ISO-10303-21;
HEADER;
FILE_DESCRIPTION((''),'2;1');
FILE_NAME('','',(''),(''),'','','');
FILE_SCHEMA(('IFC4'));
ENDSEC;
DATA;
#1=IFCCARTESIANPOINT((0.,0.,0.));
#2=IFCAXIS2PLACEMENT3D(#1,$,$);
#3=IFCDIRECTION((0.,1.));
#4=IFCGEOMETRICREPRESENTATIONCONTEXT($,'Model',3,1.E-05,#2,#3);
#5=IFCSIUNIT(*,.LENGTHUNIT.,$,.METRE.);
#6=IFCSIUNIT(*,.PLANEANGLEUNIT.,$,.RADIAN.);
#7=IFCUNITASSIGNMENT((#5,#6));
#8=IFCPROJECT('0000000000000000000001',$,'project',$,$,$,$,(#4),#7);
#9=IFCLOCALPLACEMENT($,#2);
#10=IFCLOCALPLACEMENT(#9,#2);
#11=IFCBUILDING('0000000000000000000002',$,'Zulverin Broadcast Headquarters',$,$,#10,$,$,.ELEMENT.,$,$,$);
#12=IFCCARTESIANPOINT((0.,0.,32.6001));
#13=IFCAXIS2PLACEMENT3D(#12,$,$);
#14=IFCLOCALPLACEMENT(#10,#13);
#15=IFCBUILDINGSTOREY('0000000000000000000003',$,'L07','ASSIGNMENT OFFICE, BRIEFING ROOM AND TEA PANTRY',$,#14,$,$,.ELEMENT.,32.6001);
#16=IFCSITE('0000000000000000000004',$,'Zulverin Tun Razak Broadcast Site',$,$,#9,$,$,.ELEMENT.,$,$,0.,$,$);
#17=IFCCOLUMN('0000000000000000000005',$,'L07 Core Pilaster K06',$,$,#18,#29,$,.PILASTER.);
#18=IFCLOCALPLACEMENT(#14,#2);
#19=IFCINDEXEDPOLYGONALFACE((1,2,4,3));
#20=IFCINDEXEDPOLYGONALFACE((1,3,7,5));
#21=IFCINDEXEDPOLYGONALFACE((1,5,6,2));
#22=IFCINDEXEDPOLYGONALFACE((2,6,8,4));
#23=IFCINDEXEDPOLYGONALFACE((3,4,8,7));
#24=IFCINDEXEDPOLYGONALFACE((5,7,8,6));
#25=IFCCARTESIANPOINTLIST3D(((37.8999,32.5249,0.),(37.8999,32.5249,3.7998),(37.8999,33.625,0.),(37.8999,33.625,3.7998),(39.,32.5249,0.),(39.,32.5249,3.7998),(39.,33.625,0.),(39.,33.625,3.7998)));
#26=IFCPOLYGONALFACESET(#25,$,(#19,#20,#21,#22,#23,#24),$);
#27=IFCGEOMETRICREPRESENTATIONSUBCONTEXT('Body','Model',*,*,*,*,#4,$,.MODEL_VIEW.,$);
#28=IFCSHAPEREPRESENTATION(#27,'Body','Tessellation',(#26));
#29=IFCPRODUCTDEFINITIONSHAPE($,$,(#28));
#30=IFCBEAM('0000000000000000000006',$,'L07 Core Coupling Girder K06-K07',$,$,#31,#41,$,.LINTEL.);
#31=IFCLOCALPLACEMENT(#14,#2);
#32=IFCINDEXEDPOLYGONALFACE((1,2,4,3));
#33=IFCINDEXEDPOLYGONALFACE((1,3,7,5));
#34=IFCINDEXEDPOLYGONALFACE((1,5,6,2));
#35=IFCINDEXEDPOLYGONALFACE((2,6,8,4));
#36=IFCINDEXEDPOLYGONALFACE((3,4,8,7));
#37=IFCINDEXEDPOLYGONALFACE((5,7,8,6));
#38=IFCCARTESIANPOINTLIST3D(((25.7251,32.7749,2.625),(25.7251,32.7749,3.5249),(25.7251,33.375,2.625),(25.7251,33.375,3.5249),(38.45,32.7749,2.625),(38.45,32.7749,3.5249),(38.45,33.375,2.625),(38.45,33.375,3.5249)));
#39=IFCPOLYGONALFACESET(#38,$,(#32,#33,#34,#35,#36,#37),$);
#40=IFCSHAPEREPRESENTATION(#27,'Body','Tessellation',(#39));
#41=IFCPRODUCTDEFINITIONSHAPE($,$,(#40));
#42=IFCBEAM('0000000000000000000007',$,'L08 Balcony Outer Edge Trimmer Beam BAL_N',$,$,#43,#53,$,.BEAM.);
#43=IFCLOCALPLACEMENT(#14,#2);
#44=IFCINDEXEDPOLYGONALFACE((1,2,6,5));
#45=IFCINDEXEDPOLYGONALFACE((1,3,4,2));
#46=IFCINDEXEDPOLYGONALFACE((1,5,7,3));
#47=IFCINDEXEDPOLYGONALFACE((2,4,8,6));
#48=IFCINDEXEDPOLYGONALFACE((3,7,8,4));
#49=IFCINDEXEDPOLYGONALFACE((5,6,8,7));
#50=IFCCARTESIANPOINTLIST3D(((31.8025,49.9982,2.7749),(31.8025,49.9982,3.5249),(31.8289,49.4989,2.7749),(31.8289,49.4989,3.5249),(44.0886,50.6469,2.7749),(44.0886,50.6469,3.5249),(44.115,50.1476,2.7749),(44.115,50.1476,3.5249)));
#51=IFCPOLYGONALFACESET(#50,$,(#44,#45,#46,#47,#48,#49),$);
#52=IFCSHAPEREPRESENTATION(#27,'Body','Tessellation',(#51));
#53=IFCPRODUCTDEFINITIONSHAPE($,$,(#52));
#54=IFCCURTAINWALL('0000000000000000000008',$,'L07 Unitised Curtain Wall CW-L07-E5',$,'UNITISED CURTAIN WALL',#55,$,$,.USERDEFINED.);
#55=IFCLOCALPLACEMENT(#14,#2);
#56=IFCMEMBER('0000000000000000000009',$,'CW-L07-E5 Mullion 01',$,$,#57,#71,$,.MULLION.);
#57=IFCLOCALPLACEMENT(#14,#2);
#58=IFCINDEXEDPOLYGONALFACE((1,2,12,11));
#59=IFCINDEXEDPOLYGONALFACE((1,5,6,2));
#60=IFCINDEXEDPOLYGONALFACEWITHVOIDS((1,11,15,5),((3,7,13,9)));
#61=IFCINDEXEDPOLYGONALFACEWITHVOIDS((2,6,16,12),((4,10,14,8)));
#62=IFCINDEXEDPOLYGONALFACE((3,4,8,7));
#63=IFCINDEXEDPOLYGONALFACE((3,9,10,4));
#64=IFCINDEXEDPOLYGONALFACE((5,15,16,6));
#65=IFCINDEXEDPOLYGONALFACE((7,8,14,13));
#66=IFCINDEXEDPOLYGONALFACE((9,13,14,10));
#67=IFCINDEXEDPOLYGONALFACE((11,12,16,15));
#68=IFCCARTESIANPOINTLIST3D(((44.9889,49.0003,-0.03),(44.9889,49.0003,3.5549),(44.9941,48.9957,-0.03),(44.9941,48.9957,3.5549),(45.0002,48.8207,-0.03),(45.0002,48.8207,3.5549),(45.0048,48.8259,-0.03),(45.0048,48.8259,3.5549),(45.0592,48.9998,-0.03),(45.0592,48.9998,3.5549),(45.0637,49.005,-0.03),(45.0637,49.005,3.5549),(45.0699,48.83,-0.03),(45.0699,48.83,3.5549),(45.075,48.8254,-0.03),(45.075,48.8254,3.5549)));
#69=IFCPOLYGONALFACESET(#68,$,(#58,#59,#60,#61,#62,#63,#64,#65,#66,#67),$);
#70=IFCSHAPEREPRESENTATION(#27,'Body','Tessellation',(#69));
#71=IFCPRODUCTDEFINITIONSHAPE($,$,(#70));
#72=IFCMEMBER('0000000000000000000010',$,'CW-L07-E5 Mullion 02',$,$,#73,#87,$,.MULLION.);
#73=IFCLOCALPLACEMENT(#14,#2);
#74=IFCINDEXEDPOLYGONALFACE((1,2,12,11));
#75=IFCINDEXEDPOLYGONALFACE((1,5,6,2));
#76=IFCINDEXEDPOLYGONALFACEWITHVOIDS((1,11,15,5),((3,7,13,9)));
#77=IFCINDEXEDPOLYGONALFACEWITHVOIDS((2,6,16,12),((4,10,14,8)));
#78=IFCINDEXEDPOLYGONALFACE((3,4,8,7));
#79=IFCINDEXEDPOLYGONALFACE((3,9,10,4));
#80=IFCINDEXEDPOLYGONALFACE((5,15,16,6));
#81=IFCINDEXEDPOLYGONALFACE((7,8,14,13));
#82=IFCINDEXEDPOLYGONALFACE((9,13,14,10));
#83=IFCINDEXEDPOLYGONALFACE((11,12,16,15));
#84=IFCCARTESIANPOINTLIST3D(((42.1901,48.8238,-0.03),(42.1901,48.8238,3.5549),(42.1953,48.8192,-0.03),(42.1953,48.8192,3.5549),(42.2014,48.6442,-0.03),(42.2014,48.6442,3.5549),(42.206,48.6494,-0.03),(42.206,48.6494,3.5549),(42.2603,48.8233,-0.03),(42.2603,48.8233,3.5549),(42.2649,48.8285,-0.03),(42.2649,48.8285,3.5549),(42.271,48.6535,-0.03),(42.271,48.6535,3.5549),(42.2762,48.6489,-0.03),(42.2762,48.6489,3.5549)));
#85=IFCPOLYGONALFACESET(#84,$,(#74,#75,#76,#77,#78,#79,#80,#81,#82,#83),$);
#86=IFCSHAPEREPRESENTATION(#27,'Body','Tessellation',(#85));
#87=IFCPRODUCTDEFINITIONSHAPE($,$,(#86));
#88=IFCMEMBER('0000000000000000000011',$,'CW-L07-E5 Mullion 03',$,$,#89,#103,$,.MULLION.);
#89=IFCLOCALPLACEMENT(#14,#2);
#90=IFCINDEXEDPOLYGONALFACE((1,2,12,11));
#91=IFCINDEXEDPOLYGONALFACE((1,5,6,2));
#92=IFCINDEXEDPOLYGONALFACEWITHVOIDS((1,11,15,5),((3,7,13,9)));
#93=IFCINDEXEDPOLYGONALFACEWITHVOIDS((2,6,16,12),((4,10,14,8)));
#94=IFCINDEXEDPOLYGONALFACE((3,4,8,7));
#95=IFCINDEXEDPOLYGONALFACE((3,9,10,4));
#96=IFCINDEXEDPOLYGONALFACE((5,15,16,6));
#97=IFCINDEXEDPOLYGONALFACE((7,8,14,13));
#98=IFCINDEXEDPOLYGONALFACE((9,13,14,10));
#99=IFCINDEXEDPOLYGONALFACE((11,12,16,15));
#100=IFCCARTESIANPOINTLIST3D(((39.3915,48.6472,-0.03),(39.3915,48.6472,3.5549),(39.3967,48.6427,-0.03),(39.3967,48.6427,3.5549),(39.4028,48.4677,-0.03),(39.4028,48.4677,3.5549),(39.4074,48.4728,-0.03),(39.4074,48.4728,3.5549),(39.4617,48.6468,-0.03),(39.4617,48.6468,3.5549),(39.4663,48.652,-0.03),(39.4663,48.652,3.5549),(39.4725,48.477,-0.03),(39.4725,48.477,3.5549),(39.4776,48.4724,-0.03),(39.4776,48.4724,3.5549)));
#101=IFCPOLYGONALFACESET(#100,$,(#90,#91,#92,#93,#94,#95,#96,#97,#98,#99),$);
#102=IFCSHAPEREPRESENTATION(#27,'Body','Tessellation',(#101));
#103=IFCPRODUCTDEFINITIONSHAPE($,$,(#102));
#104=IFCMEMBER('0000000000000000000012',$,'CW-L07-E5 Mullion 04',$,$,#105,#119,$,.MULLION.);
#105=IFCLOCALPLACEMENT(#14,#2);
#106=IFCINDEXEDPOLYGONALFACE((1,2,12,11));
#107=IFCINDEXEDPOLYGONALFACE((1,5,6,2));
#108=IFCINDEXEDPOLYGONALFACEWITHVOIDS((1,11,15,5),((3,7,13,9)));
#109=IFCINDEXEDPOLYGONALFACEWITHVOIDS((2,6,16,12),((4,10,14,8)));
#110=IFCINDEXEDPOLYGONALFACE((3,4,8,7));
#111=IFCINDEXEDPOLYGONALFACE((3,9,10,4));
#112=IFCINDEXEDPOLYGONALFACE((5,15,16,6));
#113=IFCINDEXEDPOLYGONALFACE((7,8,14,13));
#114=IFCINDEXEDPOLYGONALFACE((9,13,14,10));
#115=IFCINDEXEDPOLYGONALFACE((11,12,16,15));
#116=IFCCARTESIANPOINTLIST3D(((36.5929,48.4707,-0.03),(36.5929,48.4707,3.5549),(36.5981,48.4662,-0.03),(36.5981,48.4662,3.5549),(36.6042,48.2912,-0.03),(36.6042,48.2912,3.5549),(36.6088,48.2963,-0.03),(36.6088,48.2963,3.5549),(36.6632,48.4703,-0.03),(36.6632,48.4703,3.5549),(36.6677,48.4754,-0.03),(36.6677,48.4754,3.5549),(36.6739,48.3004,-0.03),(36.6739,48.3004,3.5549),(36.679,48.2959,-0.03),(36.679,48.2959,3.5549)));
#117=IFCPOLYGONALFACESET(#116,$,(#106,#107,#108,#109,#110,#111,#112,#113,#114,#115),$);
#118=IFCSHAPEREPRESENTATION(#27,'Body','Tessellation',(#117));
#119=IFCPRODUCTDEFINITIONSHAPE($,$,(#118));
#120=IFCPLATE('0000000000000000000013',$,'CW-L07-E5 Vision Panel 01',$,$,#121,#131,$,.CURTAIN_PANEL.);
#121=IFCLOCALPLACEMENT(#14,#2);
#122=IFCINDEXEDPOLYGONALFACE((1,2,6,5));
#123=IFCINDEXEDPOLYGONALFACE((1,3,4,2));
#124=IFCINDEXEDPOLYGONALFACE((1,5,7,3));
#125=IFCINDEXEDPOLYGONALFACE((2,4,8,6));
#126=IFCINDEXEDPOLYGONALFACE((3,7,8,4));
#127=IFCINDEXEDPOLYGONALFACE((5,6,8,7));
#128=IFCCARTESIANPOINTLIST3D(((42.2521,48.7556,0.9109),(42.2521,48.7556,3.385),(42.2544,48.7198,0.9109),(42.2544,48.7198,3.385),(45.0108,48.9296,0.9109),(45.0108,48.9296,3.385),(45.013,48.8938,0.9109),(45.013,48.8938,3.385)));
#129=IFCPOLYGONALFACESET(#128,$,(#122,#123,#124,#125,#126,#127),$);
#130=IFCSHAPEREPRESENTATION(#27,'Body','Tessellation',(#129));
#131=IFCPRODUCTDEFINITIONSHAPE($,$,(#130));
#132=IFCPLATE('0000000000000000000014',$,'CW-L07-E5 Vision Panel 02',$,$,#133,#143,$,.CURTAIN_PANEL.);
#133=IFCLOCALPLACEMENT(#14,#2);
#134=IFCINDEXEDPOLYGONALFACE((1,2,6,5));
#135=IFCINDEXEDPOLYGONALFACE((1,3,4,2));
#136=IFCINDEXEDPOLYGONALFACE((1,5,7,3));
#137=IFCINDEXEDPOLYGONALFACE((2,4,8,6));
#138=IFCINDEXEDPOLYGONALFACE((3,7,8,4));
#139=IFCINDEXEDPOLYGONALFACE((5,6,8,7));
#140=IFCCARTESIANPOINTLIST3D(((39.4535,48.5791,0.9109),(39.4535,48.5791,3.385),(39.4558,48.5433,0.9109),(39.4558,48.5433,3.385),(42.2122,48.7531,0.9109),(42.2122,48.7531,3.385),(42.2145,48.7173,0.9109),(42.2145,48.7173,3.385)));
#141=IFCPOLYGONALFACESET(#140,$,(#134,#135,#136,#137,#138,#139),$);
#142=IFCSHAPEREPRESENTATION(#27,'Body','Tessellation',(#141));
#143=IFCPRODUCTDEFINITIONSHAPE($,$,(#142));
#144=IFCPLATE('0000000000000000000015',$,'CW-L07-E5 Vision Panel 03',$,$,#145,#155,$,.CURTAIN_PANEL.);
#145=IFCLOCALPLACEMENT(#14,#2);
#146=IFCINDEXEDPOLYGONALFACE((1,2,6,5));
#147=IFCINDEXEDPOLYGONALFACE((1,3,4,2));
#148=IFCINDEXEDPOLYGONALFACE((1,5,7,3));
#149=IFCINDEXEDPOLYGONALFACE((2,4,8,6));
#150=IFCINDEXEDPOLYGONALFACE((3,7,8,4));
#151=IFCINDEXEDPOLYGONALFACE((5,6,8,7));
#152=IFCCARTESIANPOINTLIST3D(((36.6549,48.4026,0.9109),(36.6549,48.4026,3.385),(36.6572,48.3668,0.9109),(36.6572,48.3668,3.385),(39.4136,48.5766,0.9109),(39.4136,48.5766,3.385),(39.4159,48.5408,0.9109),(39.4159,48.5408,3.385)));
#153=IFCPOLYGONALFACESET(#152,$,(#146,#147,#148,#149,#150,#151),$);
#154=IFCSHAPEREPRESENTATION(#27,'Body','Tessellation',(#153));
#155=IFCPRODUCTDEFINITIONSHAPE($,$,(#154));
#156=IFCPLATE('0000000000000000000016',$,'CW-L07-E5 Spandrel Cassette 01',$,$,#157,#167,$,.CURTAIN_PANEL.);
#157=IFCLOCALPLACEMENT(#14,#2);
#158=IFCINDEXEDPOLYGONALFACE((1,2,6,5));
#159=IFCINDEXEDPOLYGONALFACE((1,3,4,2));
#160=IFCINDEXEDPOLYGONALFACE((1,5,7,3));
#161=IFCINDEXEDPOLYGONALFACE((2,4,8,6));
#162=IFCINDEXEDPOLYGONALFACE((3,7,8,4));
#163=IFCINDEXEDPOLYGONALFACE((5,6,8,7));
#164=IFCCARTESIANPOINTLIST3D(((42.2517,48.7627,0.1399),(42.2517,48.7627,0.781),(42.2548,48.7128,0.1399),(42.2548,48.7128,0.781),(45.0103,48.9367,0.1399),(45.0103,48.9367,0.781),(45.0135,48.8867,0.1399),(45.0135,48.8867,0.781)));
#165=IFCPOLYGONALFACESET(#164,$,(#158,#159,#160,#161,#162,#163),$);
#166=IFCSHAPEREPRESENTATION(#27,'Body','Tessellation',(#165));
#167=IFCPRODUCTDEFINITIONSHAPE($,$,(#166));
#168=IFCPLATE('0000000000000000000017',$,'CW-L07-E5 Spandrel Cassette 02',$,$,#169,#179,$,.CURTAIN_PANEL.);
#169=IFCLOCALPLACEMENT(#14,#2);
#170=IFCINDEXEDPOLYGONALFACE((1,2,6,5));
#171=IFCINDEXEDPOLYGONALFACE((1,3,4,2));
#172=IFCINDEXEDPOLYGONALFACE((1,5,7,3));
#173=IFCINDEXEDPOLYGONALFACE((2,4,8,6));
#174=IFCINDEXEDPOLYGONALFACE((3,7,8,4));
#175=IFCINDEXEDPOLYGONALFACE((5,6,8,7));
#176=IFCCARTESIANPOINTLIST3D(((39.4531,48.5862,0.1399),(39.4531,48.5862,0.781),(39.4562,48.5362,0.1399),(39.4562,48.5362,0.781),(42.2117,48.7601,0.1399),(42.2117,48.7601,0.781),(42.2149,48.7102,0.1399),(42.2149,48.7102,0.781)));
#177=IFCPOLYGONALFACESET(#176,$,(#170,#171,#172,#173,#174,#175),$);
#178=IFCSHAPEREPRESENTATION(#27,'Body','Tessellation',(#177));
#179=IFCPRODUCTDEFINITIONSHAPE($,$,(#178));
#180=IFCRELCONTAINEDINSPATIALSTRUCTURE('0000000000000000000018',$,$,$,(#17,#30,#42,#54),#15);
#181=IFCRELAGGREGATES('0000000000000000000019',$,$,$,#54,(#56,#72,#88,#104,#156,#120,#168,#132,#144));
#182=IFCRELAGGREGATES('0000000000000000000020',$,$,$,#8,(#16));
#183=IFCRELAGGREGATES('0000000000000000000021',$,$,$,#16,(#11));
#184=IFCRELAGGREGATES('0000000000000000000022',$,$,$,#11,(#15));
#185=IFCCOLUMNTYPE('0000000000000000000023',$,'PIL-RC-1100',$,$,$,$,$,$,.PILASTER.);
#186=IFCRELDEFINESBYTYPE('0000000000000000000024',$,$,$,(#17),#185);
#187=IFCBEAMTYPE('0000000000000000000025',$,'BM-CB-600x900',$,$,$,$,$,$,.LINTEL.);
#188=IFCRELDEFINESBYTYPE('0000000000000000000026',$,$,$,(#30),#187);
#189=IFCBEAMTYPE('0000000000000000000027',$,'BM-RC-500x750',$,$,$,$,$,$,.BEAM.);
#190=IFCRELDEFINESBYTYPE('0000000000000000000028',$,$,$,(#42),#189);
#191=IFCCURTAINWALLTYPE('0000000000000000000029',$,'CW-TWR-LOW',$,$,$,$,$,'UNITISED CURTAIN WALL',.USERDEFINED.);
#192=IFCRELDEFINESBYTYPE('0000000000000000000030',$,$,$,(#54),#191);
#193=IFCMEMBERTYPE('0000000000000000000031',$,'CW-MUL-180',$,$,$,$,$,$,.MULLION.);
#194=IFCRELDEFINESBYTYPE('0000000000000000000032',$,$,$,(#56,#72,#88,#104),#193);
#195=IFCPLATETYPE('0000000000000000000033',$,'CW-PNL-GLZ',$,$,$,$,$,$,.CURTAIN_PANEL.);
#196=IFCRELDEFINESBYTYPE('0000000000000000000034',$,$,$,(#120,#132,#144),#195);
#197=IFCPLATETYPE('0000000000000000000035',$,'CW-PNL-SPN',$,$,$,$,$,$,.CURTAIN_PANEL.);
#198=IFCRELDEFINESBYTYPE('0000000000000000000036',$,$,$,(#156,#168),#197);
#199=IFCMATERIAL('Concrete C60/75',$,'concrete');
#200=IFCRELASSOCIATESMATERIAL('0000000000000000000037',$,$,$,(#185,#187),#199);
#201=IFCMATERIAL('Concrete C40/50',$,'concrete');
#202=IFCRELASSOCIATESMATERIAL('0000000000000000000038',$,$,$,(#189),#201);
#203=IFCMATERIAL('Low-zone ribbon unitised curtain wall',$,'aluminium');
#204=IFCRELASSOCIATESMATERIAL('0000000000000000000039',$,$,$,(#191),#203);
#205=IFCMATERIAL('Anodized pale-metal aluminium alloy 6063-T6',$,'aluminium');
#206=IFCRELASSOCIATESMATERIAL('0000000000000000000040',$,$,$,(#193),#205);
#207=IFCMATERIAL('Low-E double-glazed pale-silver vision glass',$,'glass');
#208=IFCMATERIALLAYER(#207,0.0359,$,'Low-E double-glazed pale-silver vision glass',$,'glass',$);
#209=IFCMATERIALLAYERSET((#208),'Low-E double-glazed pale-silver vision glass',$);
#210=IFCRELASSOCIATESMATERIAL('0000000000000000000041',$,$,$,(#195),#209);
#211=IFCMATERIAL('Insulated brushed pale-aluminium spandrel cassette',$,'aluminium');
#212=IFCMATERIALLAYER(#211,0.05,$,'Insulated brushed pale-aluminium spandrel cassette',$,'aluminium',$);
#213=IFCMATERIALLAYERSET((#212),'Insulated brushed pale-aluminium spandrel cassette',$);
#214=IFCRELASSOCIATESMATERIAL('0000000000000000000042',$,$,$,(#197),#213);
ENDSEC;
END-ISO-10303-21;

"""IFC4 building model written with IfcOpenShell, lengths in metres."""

from ifc_helpers import new_model, si_unit, direction, frame, origin, origin_2d, place, context, subcontext, project, spatial, rectangle, hollow_rectangle, extrude, material, layer, layer_set, material_profile, profile_set, type_object, element, aggregate, save


model = new_model("IFC4")

# Units and contexts
model_context = context("Model", 3, precision=1e-05, world=origin(), true_north=direction((0.0, 1.0)))
body_context = subcontext(model_context, "Body", "Model", "MODEL_VIEW")
ifc_project = project(units=[si_unit("LENGTHUNIT", "METRE"), si_unit("PLANEANGLEUNIT", "RADIAN")], contexts=[model_context])

# Site, building, storey
site_placement = place(None, origin())
site = spatial("IfcSite", under=ifc_project, at=site_placement, Name="Zulverin Tun Razak Broadcast Site", CompositionType="ELEMENT", RefElevation=0.0)
building_placement = place(site_placement, origin())
building = spatial("IfcBuilding", under=site, at=building_placement, Name="Zulverin Broadcast Headquarters", CompositionType="ELEMENT")
storey_placement = place(building_placement, frame((0.0, 0.0, 32.6001)))
storey = spatial("IfcBuildingStorey", under=building, at=storey_placement, Name="L07", Description="ASSIGNMENT OFFICE, BRIEFING ROOM AND TEA PANTRY", CompositionType="ELEMENT", Elevation=32.6001)

# Column
ifc_material_1 = material(Name="Concrete C60/75", Category="concrete")
ifc_material_profile_1 = material_profile(ifc_material_1, rectangle(XDim=1.1001, YDim=1.1001, at=origin_2d()), Name="Concrete C60/75", Category="concrete")
ifc_profile_set_1 = profile_set([ifc_material_profile_1], Name="Concrete C60/75")
column_type = type_object("IfcColumnType", Name="PIL-RC-1100", PredefinedType="PILASTER", material=ifc_profile_set_1)
column_placement = place(storey_placement, frame((38.45, 33.075, 0.0), z_axis=(0.0, 0.0, 1.0), x_axis=(1.0, 0.0, 0.0)))
element("IfcColumn", 1, at=column_placement, inside=storey, type_object=column_type, Name="L07 Core Pilaster K06", PredefinedType="PILASTER", context=body_context, shape_type="SweptSolid", body=[
    extrude(rectangle(XDim=1.1001, YDim=1.1001, at=origin_2d()), origin(), (0.0, 0.0, 1.0), 3.7998),
])

# Beams
ifc_material_profile_2 = material_profile(ifc_material_1, rectangle(XDim=0.6001, YDim=0.8999, at=origin_2d()), Name="Concrete C60/75", Category="concrete")
ifc_profile_set_2 = profile_set([ifc_material_profile_2], Name="Concrete C60/75")
beam_type_1 = type_object("IfcBeamType", Name="BM-CB-600x900", PredefinedType="LINTEL", material=ifc_profile_set_2)
beam_1_placement = place(storey_placement, frame((38.45, 33.075, 3.075), z_axis=(-1.0, 0.0, 0.0), x_axis=(0.0, -1.0, 0.0)))
element("IfcBeam", 2, at=beam_1_placement, inside=storey, type_object=beam_type_1, Name="L07 Core Coupling Girder K06-K07", PredefinedType="LINTEL", context=body_context, shape_type="SweptSolid", body=[
    extrude(rectangle(XDim=0.6001, YDim=0.8999, at=origin_2d()), origin(), (0.0, 0.0, 1.0), 12.7249),
])
ifc_material_2 = material(Name="Concrete C40/50", Category="concrete")
ifc_material_profile_3 = material_profile(ifc_material_2, rectangle(XDim=0.5, YDim=0.75, at=origin_2d()), Name="Concrete C40/50", Category="concrete")
ifc_profile_set_3 = profile_set([ifc_material_profile_3], Name="Concrete C40/50")
beam_type_2 = type_object("IfcBeamType", Name="BM-RC-500x750", PredefinedType="BEAM", material=ifc_profile_set_3)
beam_2_placement = place(storey_placement, frame((44.1018, 50.3972, 3.1499), z_axis=(-0.998609, -0.052724, 0.0), x_axis=(0.052724, -0.998609, 0.0)))
element("IfcBeam", 3, at=beam_2_placement, inside=storey, type_object=beam_type_2, Name="L08 Balcony Outer Edge Trimmer Beam BAL_N", PredefinedType="BEAM", context=body_context, shape_type="SweptSolid", body=[
    extrude(rectangle(XDim=0.5, YDim=0.75, at=origin_2d()), origin(), (0.0, 0.0, 1.0), 12.3032),
])

# Curtain wall, members, plates
ifc_material_3 = material(Name="Low-zone ribbon unitised curtain wall", Category="aluminium")
curtain_wall_type = type_object("IfcCurtainWallType", Name="CW-TWR-LOW", ElementType="UNITISED CURTAIN WALL", PredefinedType="USERDEFINED", material=ifc_material_3)
curtain_wall_placement = place(storey_placement, origin())
curtain_wall = element("IfcCurtainWall", 4, at=curtain_wall_placement, inside=storey, type_object=curtain_wall_type, Name="L07 Unitised Curtain Wall CW-L07-E5", ObjectType="UNITISED CURTAIN WALL", PredefinedType="USERDEFINED")
ifc_material_4 = material(Name="Anodized pale-metal aluminium alloy 6063-T6", Category="aluminium")
ifc_material_profile_4 = material_profile(ifc_material_4, hollow_rectangle(XDim=0.075, YDim=0.1799, WallThickness=0.0049, at=origin_2d()), Name="Anodized pale-metal aluminium alloy 6063-T6", Category="aluminium")
ifc_profile_set_4 = profile_set([ifc_material_profile_4], Name="Anodized pale-metal aluminium alloy 6063-T6")
member_type = type_object("IfcMemberType", Name="CW-MUL-180", PredefinedType="MULLION", material=ifc_profile_set_4)
member_1_placement = place(storey_placement, frame((45.032, 48.9128, -0.03), z_axis=(0.0, 0.0, 1.0), x_axis=(-0.998018, -0.062935, 0.0)))
member_1 = element("IfcMember", 5, at=member_1_placement, type_object=member_type, Name="CW-L07-E5 Mullion 01", PredefinedType="MULLION", context=body_context, shape_type="SweptSolid", body=[
    extrude(hollow_rectangle(XDim=0.075, YDim=0.1799, WallThickness=0.0049, at=origin_2d()), origin(), (0.0, 0.0, 1.0), 3.585),
])
member_2_placement = place(storey_placement, frame((42.2332, 48.7363, -0.03), z_axis=(0.0, 0.0, 1.0), x_axis=(-0.998018, -0.062935, 0.0)))
member_2 = element("IfcMember", 6, at=member_2_placement, type_object=member_type, Name="CW-L07-E5 Mullion 02", PredefinedType="MULLION", context=body_context, shape_type="SweptSolid", body=[
    extrude(hollow_rectangle(XDim=0.075, YDim=0.1799, WallThickness=0.0049, at=origin_2d()), origin(), (0.0, 0.0, 1.0), 3.585),
])
member_3_placement = place(storey_placement, frame((39.4346, 48.5598, -0.03), z_axis=(0.0, 0.0, 1.0), x_axis=(-0.998018, -0.062935, 0.0)))
member_3 = element("IfcMember", 7, at=member_3_placement, type_object=member_type, Name="CW-L07-E5 Mullion 03", PredefinedType="MULLION", context=body_context, shape_type="SweptSolid", body=[
    extrude(hollow_rectangle(XDim=0.075, YDim=0.1799, WallThickness=0.0049, at=origin_2d()), origin(), (0.0, 0.0, 1.0), 3.585),
])
member_4_placement = place(storey_placement, frame((36.636, 48.3833, -0.03), z_axis=(0.0, 0.0, 1.0), x_axis=(-0.998018, -0.062935, 0.0)))
member_4 = element("IfcMember", 8, at=member_4_placement, type_object=member_type, Name="CW-L07-E5 Mullion 04", PredefinedType="MULLION", context=body_context, shape_type="SweptSolid", body=[
    extrude(hollow_rectangle(XDim=0.075, YDim=0.1799, WallThickness=0.0049, at=origin_2d()), origin(), (0.0, 0.0, 1.0), 3.585),
])
ifc_material_5 = material(Name="Low-E double-glazed pale-silver vision glass", Category="glass")
ifc_layer_1 = layer(ifc_material_5, 0.0359, Name="Low-E double-glazed pale-silver vision glass", Category="glass")
ifc_layer_set_1 = layer_set([ifc_layer_1], Name="Low-E double-glazed pale-silver vision glass")
plate_type_1 = type_object("IfcPlateType", Name="CW-PNL-GLZ", PredefinedType="CURTAIN_PANEL", material=ifc_layer_set_1)
plate_1_placement = place(storey_placement, frame((43.6326, 48.8247, 0.9109), z_axis=(0.0, 0.0, 1.0), x_axis=(-0.998018, -0.062935, 0.0)))
plate_1 = element("IfcPlate", 9, at=plate_1_placement, type_object=plate_type_1, Name="CW-L07-E5 Vision Panel 01", PredefinedType="CURTAIN_PANEL", context=body_context, shape_type="SweptSolid", body=[
    extrude(rectangle(XDim=2.7642, YDim=0.0359, at=origin_2d()), origin(), (0.0, 0.0, 1.0), 2.4741),
])
plate_2_placement = place(storey_placement, frame((40.834, 48.6482, 0.9109), z_axis=(0.0, 0.0, 1.0), x_axis=(-0.998018, -0.062935, 0.0)))
plate_2 = element("IfcPlate", 10, at=plate_2_placement, type_object=plate_type_1, Name="CW-L07-E5 Vision Panel 02", PredefinedType="CURTAIN_PANEL", context=body_context, shape_type="SweptSolid", body=[
    extrude(rectangle(XDim=2.7642, YDim=0.0359, at=origin_2d()), origin(), (0.0, 0.0, 1.0), 2.4741),
])
plate_3_placement = place(storey_placement, frame((38.0354, 48.4717, 0.9109), z_axis=(0.0, 0.0, 1.0), x_axis=(-0.998018, -0.062935, 0.0)))
plate_3 = element("IfcPlate", 11, at=plate_3_placement, type_object=plate_type_1, Name="CW-L07-E5 Vision Panel 03", PredefinedType="CURTAIN_PANEL", context=body_context, shape_type="SweptSolid", body=[
    extrude(rectangle(XDim=2.7642, YDim=0.0359, at=origin_2d()), origin(), (0.0, 0.0, 1.0), 2.4741),
])
ifc_material_6 = material(Name="Insulated brushed pale-aluminium spandrel cassette", Category="aluminium")
ifc_layer_2 = layer(ifc_material_6, 0.05, Name="Insulated brushed pale-aluminium spandrel cassette", Category="aluminium")
ifc_layer_set_2 = layer_set([ifc_layer_2], Name="Insulated brushed pale-aluminium spandrel cassette")
plate_type_2 = type_object("IfcPlateType", Name="CW-PNL-SPN", PredefinedType="CURTAIN_PANEL", material=ifc_layer_set_2)
plate_4_placement = place(storey_placement, frame((43.6326, 48.8247, 0.1399), z_axis=(0.0, 0.0, 1.0), x_axis=(-0.998018, -0.062935, 0.0)))
plate_4 = element("IfcPlate", 12, at=plate_4_placement, type_object=plate_type_2, Name="CW-L07-E5 Spandrel Cassette 01", PredefinedType="CURTAIN_PANEL", context=body_context, shape_type="SweptSolid", body=[
    extrude(rectangle(XDim=2.7642, YDim=0.05, at=origin_2d()), origin(), (0.0, 0.0, 1.0), 0.6411),
])
plate_5_placement = place(storey_placement, frame((40.834, 48.6482, 0.1399), z_axis=(0.0, 0.0, 1.0), x_axis=(-0.998018, -0.062935, 0.0)))
plate_5 = element("IfcPlate", 13, at=plate_5_placement, type_object=plate_type_2, Name="CW-L07-E5 Spandrel Cassette 02", PredefinedType="CURTAIN_PANEL", context=body_context, shape_type="SweptSolid", body=[
    extrude(rectangle(XDim=2.7642, YDim=0.05, at=origin_2d()), origin(), (0.0, 0.0, 1.0), 0.6411),
])
aggregate(curtain_wall, [member_1, member_2, member_3, member_4, plate_4, plate_1, plate_5, plate_2, plate_3])

save(model, "model.ifc")
